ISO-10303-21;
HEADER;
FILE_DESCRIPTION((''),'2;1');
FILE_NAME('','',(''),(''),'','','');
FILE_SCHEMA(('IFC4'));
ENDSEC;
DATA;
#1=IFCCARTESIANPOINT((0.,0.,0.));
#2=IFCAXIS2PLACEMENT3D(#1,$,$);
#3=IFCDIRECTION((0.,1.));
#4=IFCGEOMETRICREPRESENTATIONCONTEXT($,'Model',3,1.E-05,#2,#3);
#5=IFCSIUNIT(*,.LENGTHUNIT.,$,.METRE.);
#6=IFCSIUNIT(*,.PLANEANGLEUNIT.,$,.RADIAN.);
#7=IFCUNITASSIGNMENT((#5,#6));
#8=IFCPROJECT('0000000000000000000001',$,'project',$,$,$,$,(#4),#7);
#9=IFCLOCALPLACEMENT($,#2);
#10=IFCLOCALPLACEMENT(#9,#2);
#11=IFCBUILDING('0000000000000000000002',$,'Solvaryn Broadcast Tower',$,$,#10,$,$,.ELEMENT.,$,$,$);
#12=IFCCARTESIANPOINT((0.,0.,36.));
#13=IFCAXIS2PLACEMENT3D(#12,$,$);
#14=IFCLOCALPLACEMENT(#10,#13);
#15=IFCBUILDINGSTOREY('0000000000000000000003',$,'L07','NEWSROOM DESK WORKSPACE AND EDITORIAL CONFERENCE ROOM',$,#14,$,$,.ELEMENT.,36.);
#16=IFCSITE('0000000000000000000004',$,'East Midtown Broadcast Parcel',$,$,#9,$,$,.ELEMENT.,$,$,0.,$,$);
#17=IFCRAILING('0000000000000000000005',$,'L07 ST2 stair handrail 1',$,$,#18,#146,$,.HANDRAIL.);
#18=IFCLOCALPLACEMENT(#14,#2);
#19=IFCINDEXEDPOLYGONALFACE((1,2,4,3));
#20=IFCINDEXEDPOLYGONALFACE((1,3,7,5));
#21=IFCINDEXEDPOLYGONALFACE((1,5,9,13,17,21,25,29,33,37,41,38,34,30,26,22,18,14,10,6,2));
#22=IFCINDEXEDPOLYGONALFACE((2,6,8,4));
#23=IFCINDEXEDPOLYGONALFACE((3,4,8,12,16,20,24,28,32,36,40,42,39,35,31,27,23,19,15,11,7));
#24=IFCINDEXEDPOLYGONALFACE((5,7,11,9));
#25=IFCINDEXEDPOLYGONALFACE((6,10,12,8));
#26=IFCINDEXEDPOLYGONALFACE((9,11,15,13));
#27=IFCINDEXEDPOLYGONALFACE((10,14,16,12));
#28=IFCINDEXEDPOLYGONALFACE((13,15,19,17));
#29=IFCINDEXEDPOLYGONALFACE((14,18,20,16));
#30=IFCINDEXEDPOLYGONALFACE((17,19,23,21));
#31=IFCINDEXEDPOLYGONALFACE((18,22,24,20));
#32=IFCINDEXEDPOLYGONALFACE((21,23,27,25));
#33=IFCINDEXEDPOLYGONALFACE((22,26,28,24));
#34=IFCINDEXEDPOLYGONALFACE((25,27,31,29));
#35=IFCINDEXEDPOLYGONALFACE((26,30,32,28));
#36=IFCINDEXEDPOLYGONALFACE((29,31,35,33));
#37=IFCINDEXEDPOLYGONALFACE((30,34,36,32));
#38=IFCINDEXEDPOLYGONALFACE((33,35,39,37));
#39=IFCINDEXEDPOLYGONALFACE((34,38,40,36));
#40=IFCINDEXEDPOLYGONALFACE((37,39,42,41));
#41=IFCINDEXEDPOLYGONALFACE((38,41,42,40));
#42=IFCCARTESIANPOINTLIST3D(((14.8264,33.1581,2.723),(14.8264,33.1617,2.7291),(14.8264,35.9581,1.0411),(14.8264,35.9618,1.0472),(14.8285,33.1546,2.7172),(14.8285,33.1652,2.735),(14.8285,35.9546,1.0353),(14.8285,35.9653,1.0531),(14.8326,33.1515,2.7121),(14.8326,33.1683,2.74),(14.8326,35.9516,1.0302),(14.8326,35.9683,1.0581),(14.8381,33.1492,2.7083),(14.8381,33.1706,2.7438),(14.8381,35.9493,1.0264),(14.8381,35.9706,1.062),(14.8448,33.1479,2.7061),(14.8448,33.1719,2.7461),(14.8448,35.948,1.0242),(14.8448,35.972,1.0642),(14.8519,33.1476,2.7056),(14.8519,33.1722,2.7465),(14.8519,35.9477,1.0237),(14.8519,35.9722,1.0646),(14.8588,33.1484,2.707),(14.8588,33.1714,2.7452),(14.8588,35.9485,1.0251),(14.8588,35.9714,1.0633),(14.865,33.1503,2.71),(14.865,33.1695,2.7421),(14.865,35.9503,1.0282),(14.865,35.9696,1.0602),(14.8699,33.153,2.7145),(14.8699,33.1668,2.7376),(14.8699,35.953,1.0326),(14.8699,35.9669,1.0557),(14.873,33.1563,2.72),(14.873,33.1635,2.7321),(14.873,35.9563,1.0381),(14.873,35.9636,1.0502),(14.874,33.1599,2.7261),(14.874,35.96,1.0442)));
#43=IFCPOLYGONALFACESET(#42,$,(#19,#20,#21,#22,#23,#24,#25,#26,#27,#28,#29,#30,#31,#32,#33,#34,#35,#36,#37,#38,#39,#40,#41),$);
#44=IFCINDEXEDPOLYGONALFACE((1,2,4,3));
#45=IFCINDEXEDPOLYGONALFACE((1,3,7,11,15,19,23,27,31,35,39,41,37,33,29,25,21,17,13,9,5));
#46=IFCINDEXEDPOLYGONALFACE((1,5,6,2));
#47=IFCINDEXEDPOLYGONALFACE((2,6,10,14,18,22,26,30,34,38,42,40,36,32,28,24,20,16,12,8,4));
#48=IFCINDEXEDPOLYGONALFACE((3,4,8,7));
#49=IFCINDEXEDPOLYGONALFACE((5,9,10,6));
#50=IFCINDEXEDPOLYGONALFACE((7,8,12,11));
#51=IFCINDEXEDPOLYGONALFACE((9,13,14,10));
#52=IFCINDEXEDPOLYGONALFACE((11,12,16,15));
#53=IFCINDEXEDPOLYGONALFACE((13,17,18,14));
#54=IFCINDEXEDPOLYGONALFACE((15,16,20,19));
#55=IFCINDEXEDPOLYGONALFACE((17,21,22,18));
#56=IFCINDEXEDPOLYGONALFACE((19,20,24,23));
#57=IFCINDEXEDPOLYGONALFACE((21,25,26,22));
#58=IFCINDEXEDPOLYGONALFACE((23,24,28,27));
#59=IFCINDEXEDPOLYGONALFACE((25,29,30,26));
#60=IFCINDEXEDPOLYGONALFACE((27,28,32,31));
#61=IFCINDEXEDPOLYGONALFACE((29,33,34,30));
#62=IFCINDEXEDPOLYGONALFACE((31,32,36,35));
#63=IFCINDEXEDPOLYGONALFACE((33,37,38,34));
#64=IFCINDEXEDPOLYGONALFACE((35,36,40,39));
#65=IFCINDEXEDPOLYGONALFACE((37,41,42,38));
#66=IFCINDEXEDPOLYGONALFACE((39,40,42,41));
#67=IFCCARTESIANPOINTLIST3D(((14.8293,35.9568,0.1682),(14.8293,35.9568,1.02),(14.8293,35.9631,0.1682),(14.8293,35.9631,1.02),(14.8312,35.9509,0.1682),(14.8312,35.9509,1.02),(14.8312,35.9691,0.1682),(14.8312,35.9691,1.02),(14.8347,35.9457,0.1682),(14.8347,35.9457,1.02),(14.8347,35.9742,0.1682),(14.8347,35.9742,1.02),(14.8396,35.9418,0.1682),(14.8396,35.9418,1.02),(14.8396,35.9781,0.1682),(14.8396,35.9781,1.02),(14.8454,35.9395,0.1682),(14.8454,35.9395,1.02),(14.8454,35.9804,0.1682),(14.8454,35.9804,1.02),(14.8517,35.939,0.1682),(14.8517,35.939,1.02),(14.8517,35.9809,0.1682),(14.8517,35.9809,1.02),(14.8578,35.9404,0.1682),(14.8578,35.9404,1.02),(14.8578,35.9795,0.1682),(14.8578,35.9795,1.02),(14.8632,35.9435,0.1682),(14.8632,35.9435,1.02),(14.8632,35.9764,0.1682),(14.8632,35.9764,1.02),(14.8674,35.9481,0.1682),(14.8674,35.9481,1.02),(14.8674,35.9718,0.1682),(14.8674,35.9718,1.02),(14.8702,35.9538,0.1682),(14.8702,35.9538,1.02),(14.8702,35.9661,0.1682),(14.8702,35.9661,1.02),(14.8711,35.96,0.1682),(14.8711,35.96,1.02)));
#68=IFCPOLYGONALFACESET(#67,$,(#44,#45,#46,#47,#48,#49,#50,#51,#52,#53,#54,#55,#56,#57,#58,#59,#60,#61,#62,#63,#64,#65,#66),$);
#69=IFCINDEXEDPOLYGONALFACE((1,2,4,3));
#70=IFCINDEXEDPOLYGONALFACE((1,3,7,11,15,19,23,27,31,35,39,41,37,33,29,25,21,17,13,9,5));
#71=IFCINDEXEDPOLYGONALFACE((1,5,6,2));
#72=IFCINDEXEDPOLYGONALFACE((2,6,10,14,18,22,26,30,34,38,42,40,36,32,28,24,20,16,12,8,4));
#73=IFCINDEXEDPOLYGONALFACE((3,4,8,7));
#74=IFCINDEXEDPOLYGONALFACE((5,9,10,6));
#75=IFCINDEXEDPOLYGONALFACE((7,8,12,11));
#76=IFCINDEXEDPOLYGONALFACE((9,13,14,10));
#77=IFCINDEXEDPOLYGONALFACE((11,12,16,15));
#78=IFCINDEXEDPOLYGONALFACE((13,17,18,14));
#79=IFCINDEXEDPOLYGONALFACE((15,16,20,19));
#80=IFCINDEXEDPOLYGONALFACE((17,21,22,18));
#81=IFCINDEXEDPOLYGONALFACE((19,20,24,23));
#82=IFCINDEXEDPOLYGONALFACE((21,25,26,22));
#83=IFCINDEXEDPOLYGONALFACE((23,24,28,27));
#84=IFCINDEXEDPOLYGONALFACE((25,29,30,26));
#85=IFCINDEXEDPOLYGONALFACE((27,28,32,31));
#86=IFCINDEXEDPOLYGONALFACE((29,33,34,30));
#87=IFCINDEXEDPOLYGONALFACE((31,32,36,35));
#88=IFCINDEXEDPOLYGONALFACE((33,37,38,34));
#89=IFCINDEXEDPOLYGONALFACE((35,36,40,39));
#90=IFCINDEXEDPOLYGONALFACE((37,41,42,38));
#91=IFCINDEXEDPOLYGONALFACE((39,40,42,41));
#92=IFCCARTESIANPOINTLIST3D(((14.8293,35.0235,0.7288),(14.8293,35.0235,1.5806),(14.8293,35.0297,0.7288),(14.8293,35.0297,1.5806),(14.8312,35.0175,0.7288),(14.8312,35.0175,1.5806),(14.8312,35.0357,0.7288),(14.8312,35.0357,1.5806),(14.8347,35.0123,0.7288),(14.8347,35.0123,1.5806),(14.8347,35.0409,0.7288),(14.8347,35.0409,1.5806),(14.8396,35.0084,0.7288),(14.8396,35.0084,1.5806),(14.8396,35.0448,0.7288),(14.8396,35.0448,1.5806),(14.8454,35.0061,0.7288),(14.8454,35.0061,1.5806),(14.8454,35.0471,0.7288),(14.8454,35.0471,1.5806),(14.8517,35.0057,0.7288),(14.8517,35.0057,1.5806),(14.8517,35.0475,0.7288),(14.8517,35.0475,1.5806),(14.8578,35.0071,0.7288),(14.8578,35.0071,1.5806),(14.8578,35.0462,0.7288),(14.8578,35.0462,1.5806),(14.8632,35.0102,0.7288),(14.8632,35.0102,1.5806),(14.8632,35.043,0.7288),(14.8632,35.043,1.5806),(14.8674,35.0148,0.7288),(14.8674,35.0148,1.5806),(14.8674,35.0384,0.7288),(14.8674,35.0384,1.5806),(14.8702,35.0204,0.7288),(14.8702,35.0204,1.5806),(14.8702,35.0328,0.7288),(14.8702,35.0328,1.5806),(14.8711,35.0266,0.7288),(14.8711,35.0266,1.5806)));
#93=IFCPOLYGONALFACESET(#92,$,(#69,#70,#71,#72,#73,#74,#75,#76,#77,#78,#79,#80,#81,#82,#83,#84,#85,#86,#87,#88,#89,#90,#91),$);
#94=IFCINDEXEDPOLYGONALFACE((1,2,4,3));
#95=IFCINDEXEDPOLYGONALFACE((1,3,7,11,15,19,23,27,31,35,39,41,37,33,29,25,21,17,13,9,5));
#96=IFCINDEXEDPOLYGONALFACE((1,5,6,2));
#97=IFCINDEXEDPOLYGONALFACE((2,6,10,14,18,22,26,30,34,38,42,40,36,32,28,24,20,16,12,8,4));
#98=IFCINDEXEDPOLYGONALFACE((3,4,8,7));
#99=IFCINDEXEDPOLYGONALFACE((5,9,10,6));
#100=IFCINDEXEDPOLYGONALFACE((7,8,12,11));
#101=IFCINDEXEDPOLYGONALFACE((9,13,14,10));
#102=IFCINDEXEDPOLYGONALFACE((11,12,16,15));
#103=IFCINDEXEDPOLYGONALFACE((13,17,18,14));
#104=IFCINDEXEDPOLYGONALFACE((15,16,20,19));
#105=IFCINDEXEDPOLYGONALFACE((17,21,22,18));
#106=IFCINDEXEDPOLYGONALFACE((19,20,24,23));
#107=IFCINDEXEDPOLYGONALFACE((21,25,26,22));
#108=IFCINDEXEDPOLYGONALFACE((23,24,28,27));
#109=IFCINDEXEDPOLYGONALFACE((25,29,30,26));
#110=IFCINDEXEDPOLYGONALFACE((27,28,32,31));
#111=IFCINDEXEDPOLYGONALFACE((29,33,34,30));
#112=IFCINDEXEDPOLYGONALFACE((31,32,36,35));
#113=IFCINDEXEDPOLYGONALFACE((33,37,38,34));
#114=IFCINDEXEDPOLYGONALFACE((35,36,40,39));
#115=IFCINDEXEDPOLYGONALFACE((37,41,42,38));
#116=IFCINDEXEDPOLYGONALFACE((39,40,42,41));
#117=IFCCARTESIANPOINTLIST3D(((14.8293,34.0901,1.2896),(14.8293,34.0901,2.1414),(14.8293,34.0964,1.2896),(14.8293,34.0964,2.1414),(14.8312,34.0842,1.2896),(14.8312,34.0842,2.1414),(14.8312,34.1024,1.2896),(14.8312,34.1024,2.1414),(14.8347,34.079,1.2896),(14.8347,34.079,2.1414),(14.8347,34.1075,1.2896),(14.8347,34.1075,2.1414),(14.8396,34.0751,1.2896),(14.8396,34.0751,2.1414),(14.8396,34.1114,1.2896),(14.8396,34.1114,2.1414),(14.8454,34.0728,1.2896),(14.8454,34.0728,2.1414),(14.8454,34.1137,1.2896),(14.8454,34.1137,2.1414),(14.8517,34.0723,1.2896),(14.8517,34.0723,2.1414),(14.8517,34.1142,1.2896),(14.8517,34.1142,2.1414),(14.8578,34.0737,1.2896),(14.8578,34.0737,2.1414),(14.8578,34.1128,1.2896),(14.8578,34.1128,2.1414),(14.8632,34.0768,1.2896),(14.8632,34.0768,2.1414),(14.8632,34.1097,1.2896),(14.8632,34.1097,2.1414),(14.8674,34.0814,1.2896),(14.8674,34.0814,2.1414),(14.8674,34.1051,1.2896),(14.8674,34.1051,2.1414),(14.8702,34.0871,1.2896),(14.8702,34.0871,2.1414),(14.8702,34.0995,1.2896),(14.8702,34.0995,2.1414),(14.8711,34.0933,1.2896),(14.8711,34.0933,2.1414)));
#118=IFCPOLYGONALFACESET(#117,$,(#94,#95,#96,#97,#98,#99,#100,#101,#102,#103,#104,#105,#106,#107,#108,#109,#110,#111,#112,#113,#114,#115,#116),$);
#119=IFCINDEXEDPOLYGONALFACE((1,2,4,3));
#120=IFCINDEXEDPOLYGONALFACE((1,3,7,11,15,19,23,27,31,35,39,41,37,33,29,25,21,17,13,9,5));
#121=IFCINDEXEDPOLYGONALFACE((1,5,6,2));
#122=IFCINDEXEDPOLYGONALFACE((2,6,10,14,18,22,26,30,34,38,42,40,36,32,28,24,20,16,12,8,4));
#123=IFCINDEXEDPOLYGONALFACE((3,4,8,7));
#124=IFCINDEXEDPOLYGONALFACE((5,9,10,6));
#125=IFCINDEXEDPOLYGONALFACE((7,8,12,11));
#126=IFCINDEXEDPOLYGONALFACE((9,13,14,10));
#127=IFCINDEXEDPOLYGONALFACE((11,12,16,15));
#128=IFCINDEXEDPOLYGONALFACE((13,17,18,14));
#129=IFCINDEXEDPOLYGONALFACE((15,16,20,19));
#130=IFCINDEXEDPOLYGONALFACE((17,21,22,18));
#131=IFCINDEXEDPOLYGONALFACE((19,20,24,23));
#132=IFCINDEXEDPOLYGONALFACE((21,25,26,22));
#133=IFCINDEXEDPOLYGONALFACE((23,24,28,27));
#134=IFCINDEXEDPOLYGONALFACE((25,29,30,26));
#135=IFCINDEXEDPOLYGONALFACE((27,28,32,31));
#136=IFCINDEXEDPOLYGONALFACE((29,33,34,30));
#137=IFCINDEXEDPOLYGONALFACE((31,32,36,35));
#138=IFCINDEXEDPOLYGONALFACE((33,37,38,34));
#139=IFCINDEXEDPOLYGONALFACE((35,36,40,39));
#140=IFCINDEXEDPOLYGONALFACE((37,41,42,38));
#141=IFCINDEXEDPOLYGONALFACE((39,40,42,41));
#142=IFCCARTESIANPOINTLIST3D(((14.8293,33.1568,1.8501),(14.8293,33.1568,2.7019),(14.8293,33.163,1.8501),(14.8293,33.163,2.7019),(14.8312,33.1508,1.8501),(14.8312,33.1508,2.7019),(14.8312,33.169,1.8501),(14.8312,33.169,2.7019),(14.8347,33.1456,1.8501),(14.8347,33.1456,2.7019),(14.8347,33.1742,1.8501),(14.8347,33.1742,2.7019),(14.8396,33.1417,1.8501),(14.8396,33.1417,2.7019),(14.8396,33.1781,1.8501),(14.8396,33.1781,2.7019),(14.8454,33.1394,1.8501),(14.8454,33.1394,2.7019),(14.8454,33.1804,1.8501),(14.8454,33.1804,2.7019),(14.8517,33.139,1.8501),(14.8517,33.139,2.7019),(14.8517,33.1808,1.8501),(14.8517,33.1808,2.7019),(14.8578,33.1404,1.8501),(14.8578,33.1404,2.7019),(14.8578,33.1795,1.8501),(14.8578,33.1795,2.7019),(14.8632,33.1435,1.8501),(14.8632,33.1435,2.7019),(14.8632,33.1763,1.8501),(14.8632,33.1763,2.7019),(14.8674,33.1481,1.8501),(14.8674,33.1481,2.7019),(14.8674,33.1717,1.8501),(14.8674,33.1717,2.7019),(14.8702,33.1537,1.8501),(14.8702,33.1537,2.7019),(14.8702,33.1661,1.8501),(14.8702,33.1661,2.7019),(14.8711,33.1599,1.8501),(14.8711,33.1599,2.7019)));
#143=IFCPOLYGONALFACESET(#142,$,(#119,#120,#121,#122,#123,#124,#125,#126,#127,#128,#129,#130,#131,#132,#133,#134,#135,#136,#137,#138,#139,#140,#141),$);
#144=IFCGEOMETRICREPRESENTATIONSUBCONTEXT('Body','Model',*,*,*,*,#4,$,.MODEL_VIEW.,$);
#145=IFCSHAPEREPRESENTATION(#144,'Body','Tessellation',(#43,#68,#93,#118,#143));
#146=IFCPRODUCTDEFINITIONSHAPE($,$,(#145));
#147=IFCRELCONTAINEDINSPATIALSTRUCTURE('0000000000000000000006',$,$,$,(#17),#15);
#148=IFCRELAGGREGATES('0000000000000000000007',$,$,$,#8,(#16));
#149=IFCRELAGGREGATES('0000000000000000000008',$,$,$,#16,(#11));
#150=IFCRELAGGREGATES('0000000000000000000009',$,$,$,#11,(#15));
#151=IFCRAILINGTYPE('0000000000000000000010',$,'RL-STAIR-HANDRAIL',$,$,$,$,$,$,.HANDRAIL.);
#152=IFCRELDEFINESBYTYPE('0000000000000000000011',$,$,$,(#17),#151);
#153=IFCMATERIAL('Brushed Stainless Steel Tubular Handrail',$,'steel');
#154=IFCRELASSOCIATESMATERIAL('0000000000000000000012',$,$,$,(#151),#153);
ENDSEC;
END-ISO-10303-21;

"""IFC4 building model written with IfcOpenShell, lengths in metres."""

from ifc_helpers import new_model, si_unit, direction, frame, origin, origin_2d, place, context, subcontext, project, spatial, circle, extrude, material, type_object, element, save


model = new_model("IFC4")

# Units and contexts
model_context = context("Model", 3, precision=1e-05, world=origin(), true_north=direction((0.0, 1.0)))
body_context = subcontext(model_context, "Body", "Model", "MODEL_VIEW")
ifc_project = project(units=[si_unit("LENGTHUNIT", "METRE"), si_unit("PLANEANGLEUNIT", "RADIAN")], contexts=[model_context])

# Site, building, storey
site_placement = place(None, origin())
site = spatial("IfcSite", under=ifc_project, at=site_placement, Name="East Midtown Broadcast Parcel", CompositionType="ELEMENT", RefElevation=0.0)
building_placement = place(site_placement, origin())
building = spatial("IfcBuilding", under=site, at=building_placement, Name="Solvaryn Broadcast Tower", CompositionType="ELEMENT")
storey_placement = place(building_placement, frame((0.0, 0.0, 36.0)))
storey = spatial("IfcBuildingStorey", under=building, at=storey_placement, Name="L07", Description="NEWSROOM DESK WORKSPACE AND EDITORIAL CONFERENCE ROOM", CompositionType="ELEMENT", Elevation=36.0)

# Railing
ifc_material_1 = material(Name="Brushed Stainless Steel Tubular Handrail", Category="steel")
railing_type_1 = type_object("IfcRailingType", Name="RL-STAIR-HANDRAIL", PredefinedType="HANDRAIL", material=ifc_material_1)
railing_1_placement = place(storey_placement, frame((14.8501, 35.96, 0.1682)))
element("IfcRailing", 1, at=railing_1_placement, inside=storey, type_object=railing_type_1, Name="L07 ST2 stair handrail 1", PredefinedType="HANDRAIL", context=body_context, shape_type="SweptSolid", body=[
    extrude(circle(Radius=0.0239, at=origin_2d()), frame((0.0, 0.0, 0.876), z_axis=(0.0, -0.857242, 0.514913), x_axis=(1.0, 0.0, 0.0)), (0.0, 0.0, 1.0), 3.2664),
    extrude(circle(Radius=0.021, at=origin_2d()), origin(), (0.0, 0.0, 1.0), 0.8518),
    extrude(circle(Radius=0.021, at=origin_2d()), frame((0.0, -0.9333, 0.5605)), (0.0, 0.0, 1.0), 0.8518),
    extrude(circle(Radius=0.021, at=origin_2d()), frame((0.0, -1.8667, 1.1213)), (0.0, 0.0, 1.0), 0.8518),
    extrude(circle(Radius=0.021, at=origin_2d()), frame((0.0, -2.8, 1.6819)), (0.0, 0.0, 1.0), 0.8518),
])

save(model, "model.ifc")
